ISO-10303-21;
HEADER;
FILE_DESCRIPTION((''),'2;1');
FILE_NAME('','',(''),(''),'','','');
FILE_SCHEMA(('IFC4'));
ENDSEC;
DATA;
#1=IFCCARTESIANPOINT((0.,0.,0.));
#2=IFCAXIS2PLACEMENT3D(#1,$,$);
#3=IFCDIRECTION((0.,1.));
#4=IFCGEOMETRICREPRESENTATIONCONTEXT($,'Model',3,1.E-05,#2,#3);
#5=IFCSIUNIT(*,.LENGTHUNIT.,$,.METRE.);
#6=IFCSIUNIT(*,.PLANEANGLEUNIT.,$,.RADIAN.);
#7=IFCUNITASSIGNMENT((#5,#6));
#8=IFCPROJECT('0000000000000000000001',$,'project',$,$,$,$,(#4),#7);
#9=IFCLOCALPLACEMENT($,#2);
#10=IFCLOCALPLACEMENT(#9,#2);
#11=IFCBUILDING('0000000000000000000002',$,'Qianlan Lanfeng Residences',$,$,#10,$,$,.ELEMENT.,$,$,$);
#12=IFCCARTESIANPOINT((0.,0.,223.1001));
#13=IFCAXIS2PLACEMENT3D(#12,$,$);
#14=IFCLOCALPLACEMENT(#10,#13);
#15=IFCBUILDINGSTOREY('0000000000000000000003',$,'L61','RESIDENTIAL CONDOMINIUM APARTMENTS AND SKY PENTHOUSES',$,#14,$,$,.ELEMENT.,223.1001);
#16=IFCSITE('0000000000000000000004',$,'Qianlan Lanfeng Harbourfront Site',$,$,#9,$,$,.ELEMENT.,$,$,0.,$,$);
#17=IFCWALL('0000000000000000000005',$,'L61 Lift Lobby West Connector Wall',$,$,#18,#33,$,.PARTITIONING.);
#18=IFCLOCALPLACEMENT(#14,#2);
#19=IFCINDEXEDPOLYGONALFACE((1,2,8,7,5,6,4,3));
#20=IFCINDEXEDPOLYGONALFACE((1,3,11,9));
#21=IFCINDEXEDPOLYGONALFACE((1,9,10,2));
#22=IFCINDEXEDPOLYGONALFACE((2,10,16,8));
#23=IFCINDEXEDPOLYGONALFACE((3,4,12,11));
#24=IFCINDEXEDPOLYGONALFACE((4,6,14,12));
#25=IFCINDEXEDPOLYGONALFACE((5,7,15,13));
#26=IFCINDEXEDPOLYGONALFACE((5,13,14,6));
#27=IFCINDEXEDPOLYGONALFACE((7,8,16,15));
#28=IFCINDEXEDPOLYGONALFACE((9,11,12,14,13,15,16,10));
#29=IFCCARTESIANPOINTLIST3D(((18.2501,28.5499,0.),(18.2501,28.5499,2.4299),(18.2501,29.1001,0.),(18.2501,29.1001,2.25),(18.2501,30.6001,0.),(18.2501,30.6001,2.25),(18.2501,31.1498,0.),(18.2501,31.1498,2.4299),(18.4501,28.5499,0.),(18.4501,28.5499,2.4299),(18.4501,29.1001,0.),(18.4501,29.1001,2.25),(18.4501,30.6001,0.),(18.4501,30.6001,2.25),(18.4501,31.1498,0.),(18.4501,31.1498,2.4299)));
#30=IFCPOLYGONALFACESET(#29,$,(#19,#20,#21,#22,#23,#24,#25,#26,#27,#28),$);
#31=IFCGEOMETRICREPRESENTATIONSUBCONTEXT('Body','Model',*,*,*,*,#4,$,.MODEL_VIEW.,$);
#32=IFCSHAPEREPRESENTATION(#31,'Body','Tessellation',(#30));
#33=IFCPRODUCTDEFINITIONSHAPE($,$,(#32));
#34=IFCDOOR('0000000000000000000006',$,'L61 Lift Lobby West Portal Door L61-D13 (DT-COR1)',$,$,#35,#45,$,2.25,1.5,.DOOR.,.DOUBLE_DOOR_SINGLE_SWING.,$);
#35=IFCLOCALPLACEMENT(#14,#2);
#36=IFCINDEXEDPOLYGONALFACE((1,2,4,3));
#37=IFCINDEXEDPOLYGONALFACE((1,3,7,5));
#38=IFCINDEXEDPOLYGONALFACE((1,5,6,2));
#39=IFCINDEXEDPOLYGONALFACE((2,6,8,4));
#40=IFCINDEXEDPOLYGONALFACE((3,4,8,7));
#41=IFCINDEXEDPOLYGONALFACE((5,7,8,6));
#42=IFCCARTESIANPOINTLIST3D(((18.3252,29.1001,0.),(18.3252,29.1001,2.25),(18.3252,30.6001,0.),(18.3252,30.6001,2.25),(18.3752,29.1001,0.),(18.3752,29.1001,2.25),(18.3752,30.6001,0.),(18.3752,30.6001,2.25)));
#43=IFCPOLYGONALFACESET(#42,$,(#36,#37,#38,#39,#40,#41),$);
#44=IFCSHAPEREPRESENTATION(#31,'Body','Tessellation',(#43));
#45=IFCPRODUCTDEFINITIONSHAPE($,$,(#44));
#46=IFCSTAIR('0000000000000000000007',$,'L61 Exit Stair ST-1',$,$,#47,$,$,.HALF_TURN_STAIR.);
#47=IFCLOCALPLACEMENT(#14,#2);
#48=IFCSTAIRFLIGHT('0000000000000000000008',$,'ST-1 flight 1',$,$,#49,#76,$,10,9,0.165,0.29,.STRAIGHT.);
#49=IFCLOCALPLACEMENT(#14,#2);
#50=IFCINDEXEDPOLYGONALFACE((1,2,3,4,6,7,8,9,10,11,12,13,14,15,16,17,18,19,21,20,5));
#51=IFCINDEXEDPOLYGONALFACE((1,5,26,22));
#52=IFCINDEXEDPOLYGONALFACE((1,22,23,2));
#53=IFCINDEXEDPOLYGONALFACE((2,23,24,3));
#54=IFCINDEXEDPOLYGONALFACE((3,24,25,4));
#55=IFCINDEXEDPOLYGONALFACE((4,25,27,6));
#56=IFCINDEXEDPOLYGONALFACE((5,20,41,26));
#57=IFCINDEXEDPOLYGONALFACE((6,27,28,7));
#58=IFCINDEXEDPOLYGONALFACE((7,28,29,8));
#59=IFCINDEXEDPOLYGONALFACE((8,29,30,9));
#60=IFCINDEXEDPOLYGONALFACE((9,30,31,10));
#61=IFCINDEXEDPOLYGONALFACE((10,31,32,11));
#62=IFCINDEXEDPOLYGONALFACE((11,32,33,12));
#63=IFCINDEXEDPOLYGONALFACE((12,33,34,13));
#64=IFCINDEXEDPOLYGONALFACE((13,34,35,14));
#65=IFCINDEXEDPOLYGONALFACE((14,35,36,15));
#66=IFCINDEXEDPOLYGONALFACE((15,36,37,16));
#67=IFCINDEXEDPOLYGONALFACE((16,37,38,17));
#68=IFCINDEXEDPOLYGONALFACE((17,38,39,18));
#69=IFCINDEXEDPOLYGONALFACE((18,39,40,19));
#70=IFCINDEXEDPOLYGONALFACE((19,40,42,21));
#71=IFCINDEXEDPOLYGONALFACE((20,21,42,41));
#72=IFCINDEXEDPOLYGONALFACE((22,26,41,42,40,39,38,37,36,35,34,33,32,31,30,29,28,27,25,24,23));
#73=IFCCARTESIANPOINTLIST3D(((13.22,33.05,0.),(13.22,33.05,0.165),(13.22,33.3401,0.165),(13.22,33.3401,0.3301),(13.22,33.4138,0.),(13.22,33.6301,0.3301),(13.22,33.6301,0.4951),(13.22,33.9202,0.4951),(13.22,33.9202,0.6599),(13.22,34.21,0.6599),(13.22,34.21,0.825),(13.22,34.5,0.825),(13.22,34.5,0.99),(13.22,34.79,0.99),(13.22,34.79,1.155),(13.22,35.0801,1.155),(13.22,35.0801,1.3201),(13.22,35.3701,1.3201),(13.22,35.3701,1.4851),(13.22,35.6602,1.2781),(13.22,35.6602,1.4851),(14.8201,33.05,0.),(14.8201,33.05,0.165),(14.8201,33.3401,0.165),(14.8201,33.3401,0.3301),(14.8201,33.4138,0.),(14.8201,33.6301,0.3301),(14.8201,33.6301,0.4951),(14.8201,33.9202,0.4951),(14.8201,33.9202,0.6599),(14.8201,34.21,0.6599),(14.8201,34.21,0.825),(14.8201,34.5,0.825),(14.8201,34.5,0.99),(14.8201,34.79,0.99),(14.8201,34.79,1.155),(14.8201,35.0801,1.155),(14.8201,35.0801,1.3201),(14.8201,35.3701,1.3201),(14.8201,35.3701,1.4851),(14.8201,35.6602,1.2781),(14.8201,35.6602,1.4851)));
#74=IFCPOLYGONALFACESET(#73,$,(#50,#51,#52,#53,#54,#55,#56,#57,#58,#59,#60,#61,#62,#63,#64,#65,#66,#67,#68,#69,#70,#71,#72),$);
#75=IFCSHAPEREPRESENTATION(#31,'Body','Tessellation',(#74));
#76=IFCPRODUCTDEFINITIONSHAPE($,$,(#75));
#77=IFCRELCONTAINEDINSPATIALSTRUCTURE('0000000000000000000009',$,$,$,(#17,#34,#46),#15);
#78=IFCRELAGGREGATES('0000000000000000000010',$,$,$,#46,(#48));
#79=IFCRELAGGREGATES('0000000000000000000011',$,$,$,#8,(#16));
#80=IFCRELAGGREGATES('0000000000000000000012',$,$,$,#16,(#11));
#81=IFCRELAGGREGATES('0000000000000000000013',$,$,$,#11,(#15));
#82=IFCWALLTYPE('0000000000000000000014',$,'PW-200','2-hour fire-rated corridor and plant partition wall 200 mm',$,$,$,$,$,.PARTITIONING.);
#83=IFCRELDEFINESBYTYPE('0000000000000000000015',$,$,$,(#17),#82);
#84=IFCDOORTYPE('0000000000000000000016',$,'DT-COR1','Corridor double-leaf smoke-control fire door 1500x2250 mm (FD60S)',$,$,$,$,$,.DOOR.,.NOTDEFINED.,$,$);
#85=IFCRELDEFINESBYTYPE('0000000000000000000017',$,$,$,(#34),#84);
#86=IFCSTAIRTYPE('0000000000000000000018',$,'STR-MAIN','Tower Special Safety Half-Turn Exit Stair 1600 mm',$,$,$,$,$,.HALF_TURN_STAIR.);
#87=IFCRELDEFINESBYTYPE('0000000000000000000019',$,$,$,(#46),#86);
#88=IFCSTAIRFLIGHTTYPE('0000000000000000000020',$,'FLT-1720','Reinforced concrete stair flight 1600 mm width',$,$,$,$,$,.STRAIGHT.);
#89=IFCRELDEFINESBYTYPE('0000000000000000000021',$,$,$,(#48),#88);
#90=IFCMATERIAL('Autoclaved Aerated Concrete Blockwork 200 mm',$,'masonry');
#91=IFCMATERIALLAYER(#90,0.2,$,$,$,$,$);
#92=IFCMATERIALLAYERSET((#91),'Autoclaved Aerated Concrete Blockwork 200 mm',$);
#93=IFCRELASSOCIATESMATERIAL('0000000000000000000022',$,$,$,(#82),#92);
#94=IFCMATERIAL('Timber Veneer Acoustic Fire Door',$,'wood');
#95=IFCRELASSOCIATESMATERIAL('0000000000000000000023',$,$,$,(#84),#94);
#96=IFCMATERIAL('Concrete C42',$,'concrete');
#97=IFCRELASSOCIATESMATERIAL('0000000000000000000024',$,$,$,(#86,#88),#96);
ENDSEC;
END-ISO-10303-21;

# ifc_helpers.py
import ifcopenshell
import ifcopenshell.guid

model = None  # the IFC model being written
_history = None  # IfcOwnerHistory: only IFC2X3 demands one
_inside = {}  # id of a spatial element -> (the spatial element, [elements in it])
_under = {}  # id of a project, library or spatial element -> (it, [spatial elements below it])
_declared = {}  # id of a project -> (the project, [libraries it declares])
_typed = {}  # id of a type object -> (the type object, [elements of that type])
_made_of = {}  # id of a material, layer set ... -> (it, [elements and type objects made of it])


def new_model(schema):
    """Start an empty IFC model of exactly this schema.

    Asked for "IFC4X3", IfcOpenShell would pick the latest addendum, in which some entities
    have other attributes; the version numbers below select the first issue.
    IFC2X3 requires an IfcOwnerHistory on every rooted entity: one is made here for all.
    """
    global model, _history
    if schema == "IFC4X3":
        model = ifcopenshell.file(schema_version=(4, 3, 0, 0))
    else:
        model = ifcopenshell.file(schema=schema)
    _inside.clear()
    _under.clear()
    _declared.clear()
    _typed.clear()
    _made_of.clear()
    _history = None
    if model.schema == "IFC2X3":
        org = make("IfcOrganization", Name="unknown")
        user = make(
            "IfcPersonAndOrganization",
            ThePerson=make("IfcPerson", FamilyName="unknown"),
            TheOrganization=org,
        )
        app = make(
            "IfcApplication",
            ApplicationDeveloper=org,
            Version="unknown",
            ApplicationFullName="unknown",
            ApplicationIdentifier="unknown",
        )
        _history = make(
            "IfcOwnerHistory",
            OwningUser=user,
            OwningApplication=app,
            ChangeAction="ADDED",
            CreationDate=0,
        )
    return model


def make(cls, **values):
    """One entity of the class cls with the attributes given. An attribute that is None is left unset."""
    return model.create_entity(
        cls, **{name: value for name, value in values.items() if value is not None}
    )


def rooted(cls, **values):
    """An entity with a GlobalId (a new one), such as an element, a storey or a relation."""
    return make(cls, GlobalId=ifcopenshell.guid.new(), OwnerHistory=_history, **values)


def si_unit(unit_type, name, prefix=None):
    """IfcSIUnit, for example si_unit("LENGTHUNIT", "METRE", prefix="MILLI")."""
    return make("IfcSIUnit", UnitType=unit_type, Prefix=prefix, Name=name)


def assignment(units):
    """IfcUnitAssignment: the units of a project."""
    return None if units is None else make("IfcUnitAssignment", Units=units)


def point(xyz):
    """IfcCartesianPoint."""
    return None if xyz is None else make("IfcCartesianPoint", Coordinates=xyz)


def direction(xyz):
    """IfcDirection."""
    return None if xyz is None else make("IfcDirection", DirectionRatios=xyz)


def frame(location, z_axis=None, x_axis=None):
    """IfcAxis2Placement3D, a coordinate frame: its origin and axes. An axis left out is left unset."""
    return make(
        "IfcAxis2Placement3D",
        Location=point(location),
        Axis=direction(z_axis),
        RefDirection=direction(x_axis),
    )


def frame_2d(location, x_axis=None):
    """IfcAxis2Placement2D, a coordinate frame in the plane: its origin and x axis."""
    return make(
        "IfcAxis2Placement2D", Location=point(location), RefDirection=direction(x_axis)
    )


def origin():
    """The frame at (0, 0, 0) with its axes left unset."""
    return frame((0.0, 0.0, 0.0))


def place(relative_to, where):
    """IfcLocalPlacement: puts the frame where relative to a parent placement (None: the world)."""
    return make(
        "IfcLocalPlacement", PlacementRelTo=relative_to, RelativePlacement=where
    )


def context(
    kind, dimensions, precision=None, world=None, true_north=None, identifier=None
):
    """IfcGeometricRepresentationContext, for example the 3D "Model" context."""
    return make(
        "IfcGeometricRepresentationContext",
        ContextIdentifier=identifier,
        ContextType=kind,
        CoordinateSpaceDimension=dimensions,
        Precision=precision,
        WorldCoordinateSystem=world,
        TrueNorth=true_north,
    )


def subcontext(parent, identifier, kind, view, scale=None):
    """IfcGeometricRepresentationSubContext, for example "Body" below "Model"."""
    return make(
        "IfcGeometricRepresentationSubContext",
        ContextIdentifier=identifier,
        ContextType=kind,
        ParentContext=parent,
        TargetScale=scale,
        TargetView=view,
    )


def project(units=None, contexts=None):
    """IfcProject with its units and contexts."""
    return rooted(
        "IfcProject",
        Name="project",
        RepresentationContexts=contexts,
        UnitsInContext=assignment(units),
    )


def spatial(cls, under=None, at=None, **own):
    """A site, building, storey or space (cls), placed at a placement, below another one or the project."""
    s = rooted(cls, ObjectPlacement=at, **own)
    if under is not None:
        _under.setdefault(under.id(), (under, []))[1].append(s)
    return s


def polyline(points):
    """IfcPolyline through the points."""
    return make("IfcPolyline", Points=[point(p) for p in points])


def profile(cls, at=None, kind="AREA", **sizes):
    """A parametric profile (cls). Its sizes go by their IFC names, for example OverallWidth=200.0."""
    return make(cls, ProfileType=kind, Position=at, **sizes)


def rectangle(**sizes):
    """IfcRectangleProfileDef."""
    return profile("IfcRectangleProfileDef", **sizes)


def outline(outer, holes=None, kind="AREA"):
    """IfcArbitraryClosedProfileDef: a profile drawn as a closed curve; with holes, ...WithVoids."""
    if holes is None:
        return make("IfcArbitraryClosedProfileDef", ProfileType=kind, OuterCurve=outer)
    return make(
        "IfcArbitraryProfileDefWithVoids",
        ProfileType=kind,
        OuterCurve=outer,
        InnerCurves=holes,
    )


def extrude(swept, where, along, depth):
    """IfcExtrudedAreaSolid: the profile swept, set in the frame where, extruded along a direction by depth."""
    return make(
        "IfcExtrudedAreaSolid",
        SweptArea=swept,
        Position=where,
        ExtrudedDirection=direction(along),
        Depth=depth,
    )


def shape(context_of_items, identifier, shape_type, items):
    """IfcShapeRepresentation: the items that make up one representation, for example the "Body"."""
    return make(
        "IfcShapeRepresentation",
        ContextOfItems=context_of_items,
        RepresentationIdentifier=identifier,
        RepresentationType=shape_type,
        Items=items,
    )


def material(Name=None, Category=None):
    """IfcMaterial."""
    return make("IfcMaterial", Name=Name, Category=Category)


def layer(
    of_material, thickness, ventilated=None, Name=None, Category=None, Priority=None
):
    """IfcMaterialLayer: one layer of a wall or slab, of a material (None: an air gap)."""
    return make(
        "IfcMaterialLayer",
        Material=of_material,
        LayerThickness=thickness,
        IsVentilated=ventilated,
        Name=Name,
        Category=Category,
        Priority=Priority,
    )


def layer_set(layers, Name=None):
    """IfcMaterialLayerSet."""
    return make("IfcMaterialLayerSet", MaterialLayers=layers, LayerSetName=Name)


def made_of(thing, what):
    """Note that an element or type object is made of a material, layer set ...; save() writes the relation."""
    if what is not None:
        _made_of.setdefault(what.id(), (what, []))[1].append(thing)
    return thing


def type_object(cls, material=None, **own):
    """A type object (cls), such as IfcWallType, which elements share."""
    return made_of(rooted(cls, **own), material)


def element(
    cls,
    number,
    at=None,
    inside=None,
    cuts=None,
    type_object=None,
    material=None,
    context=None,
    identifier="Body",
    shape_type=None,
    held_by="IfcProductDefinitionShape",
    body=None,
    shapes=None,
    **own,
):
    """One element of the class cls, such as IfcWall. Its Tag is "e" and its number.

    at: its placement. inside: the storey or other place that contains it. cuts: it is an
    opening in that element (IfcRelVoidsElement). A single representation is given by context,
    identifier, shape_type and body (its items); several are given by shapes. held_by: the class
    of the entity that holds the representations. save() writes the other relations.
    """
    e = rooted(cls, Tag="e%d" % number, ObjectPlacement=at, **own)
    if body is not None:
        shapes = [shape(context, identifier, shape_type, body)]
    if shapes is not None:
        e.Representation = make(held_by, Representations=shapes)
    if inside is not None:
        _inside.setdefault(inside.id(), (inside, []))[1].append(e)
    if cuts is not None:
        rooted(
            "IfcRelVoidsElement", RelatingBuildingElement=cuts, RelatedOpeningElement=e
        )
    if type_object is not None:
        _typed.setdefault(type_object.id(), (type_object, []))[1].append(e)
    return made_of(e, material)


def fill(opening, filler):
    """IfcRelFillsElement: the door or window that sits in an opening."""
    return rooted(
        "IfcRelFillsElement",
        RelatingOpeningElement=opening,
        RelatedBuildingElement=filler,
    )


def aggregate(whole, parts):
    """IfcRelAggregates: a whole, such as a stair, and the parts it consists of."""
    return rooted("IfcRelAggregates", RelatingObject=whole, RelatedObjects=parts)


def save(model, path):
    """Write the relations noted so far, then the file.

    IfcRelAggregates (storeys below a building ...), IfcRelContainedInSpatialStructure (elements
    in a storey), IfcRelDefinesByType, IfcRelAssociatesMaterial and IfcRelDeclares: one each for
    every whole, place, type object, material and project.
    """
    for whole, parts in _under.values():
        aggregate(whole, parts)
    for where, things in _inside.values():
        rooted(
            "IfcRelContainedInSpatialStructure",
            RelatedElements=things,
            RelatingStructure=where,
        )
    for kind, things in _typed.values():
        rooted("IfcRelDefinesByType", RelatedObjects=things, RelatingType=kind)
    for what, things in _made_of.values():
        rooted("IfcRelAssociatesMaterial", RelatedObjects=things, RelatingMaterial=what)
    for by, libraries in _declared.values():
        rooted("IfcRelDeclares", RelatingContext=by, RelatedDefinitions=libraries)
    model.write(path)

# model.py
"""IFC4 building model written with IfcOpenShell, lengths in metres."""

from ifc_helpers import new_model, si_unit, direction, frame, frame_2d, origin, place, context, subcontext, project, spatial, polyline, rectangle, outline, extrude, material, layer, layer_set, type_object, element, fill, aggregate, save


model = new_model("IFC4")

# Units and contexts
model_context = context("Model", 3, precision=1e-05, world=origin(), true_north=direction((0.0, 1.0)))
body_context = subcontext(model_context, "Body", "Model", "MODEL_VIEW")
ifc_project = project(units=[si_unit("LENGTHUNIT", "METRE"), si_unit("PLANEANGLEUNIT", "RADIAN")], contexts=[model_context])

# Site, building, storey
site_placement = place(None, origin())
site = spatial("IfcSite", under=ifc_project, at=site_placement, Name="Qianlan Lanfeng Harbourfront Site", CompositionType="ELEMENT", RefElevation=0.0)
building_placement = place(site_placement, origin())
building = spatial("IfcBuilding", under=site, at=building_placement, Name="Qianlan Lanfeng Residences", CompositionType="ELEMENT")
storey_placement = place(building_placement, frame((0.0, 0.0, 223.1001)))
storey = spatial("IfcBuildingStorey", under=building, at=storey_placement, Name="L61", Description="RESIDENTIAL CONDOMINIUM APARTMENTS AND SKY PENTHOUSES", CompositionType="ELEMENT", Elevation=223.1001)

# Wall, opening, door
ifc_material_1 = material(Name="Autoclaved Aerated Concrete Blockwork 200 mm", Category="masonry")
ifc_layer_1 = layer(ifc_material_1, 0.2)
ifc_layer_set_1 = layer_set([ifc_layer_1], Name="Autoclaved Aerated Concrete Blockwork 200 mm")
wall_type_1 = type_object("IfcWallType", Name="PW-200", Description="2-hour fire-rated corridor and plant partition wall 200 mm", PredefinedType="PARTITIONING", material=ifc_layer_set_1)
wall_1_placement = place(storey_placement, frame((18.3501, 28.55, 0.0), z_axis=(0.0, 0.0, 1.0), x_axis=(0.0, 1.0, 0.0)))
wall_1 = element("IfcWall", 1, at=wall_1_placement, inside=storey, type_object=wall_type_1, Name="L61 Lift Lobby West Connector Wall", PredefinedType="PARTITIONING", context=body_context, shape_type="SweptSolid", body=[
    extrude(rectangle(XDim=2.5999, YDim=0.2, at=frame_2d((1.2998, 0.0))), origin(), (0.0, 0.0, 1.0), 2.4299),
])
opening_1_placement = place(wall_1_placement, frame((0.55, 0.0, 0.0)))
opening_1 = element("IfcOpeningElement", 2, at=opening_1_placement, cuts=wall_1, PredefinedType="OPENING", context=body_context, shape_type="SweptSolid", body=[
    extrude(rectangle(XDim=1.5, YDim=2.25, at=frame_2d((0.75, 1.125))), frame((0.0, 0.1099, 0.0), z_axis=(0.0, -1.0, 0.0), x_axis=(1.0, 0.0, 0.0)), (0.0, 0.0, 1.0), 0.22),
])
ifc_material_2 = material(Name="Timber Veneer Acoustic Fire Door", Category="wood")
door_type_1 = type_object("IfcDoorType", Name="DT-COR1", Description="Corridor double-leaf smoke-control fire door 1500x2250 mm (FD60S)", OperationType="NOTDEFINED", PredefinedType="DOOR", material=ifc_material_2)
door_1_placement = place(opening_1_placement, origin())
door_1 = element("IfcDoor", 3, at=door_1_placement, inside=storey, type_object=door_type_1, Name="L61 Lift Lobby West Portal Door L61-D13 (DT-COR1)", OperationType="DOUBLE_DOOR_SINGLE_SWING", OverallHeight=2.25, OverallWidth=1.5, PredefinedType="DOOR", context=body_context, shape_type="SweptSolid", body=[
    extrude(rectangle(XDim=1.5, YDim=2.25, at=frame_2d((0.75, 1.125))), frame((0.0, 0.0249, 0.0), z_axis=(0.0, -1.0, 0.0), x_axis=(1.0, 0.0, 0.0)), (0.0, 0.0, 1.0), 0.05),
])
fill(opening_1, door_1)

# Stair, stair flight
ifc_material_3 = material(Name="Concrete C42", Category="concrete")
stair_type = type_object("IfcStairType", Name="STR-MAIN", Description="Tower Special Safety Half-Turn Exit Stair 1600 mm", PredefinedType="HALF_TURN_STAIR", material=ifc_material_3)
stair_placement = place(storey_placement, origin())
stair = element("IfcStair", 4, at=stair_placement, inside=storey, type_object=stair_type, Name="L61 Exit Stair ST-1", PredefinedType="HALF_TURN_STAIR")
stair_flight_type = type_object("IfcStairFlightType", Name="FLT-1720", Description="Reinforced concrete stair flight 1600 mm width", PredefinedType="STRAIGHT", material=ifc_material_3)
stair_flight_placement = place(storey_placement, frame((14.02, 33.05, 0.0), z_axis=(0.0, 0.0, 1.0), x_axis=(0.0, 1.0, 0.0)))
stair_flight = element("IfcStairFlight", 5, at=stair_flight_placement, type_object=stair_flight_type, Name="ST-1 flight 1", NumberOfRisers=10, NumberOfTreads=9, PredefinedType="STRAIGHT", RiserHeight=0.165, TreadLength=0.29, context=body_context, shape_type="SweptSolid", body=[
    extrude(outline(polyline([(0.0, 0.0), (0.0, 0.165), (0.29, 0.165), (0.29, 0.3301), (0.5801, 0.3301), (0.5801, 0.4951), (0.8701, 0.4951), (0.8701, 0.6599), (1.1599, 0.6599), (1.1599, 0.825), (1.45, 0.825), (1.45, 0.99), (1.74, 0.99), (1.74, 1.155), (2.03, 1.155), (2.03, 1.3201), (2.3201, 1.3201), (2.3201, 1.4851), (2.6101, 1.4851), (2.6101, 1.6499), (2.6101, 1.2781), (0.3638, 0.0), (0.0, 0.0)])), frame((0.0, 0.8, 0.0), z_axis=(0.0, -1.0, 0.0), x_axis=(1.0, 0.0, 0.0)), (0.0, 0.0, 1.0), 1.6001),
])
aggregate(stair, [stair_flight])

save(model, "model.ifc")
